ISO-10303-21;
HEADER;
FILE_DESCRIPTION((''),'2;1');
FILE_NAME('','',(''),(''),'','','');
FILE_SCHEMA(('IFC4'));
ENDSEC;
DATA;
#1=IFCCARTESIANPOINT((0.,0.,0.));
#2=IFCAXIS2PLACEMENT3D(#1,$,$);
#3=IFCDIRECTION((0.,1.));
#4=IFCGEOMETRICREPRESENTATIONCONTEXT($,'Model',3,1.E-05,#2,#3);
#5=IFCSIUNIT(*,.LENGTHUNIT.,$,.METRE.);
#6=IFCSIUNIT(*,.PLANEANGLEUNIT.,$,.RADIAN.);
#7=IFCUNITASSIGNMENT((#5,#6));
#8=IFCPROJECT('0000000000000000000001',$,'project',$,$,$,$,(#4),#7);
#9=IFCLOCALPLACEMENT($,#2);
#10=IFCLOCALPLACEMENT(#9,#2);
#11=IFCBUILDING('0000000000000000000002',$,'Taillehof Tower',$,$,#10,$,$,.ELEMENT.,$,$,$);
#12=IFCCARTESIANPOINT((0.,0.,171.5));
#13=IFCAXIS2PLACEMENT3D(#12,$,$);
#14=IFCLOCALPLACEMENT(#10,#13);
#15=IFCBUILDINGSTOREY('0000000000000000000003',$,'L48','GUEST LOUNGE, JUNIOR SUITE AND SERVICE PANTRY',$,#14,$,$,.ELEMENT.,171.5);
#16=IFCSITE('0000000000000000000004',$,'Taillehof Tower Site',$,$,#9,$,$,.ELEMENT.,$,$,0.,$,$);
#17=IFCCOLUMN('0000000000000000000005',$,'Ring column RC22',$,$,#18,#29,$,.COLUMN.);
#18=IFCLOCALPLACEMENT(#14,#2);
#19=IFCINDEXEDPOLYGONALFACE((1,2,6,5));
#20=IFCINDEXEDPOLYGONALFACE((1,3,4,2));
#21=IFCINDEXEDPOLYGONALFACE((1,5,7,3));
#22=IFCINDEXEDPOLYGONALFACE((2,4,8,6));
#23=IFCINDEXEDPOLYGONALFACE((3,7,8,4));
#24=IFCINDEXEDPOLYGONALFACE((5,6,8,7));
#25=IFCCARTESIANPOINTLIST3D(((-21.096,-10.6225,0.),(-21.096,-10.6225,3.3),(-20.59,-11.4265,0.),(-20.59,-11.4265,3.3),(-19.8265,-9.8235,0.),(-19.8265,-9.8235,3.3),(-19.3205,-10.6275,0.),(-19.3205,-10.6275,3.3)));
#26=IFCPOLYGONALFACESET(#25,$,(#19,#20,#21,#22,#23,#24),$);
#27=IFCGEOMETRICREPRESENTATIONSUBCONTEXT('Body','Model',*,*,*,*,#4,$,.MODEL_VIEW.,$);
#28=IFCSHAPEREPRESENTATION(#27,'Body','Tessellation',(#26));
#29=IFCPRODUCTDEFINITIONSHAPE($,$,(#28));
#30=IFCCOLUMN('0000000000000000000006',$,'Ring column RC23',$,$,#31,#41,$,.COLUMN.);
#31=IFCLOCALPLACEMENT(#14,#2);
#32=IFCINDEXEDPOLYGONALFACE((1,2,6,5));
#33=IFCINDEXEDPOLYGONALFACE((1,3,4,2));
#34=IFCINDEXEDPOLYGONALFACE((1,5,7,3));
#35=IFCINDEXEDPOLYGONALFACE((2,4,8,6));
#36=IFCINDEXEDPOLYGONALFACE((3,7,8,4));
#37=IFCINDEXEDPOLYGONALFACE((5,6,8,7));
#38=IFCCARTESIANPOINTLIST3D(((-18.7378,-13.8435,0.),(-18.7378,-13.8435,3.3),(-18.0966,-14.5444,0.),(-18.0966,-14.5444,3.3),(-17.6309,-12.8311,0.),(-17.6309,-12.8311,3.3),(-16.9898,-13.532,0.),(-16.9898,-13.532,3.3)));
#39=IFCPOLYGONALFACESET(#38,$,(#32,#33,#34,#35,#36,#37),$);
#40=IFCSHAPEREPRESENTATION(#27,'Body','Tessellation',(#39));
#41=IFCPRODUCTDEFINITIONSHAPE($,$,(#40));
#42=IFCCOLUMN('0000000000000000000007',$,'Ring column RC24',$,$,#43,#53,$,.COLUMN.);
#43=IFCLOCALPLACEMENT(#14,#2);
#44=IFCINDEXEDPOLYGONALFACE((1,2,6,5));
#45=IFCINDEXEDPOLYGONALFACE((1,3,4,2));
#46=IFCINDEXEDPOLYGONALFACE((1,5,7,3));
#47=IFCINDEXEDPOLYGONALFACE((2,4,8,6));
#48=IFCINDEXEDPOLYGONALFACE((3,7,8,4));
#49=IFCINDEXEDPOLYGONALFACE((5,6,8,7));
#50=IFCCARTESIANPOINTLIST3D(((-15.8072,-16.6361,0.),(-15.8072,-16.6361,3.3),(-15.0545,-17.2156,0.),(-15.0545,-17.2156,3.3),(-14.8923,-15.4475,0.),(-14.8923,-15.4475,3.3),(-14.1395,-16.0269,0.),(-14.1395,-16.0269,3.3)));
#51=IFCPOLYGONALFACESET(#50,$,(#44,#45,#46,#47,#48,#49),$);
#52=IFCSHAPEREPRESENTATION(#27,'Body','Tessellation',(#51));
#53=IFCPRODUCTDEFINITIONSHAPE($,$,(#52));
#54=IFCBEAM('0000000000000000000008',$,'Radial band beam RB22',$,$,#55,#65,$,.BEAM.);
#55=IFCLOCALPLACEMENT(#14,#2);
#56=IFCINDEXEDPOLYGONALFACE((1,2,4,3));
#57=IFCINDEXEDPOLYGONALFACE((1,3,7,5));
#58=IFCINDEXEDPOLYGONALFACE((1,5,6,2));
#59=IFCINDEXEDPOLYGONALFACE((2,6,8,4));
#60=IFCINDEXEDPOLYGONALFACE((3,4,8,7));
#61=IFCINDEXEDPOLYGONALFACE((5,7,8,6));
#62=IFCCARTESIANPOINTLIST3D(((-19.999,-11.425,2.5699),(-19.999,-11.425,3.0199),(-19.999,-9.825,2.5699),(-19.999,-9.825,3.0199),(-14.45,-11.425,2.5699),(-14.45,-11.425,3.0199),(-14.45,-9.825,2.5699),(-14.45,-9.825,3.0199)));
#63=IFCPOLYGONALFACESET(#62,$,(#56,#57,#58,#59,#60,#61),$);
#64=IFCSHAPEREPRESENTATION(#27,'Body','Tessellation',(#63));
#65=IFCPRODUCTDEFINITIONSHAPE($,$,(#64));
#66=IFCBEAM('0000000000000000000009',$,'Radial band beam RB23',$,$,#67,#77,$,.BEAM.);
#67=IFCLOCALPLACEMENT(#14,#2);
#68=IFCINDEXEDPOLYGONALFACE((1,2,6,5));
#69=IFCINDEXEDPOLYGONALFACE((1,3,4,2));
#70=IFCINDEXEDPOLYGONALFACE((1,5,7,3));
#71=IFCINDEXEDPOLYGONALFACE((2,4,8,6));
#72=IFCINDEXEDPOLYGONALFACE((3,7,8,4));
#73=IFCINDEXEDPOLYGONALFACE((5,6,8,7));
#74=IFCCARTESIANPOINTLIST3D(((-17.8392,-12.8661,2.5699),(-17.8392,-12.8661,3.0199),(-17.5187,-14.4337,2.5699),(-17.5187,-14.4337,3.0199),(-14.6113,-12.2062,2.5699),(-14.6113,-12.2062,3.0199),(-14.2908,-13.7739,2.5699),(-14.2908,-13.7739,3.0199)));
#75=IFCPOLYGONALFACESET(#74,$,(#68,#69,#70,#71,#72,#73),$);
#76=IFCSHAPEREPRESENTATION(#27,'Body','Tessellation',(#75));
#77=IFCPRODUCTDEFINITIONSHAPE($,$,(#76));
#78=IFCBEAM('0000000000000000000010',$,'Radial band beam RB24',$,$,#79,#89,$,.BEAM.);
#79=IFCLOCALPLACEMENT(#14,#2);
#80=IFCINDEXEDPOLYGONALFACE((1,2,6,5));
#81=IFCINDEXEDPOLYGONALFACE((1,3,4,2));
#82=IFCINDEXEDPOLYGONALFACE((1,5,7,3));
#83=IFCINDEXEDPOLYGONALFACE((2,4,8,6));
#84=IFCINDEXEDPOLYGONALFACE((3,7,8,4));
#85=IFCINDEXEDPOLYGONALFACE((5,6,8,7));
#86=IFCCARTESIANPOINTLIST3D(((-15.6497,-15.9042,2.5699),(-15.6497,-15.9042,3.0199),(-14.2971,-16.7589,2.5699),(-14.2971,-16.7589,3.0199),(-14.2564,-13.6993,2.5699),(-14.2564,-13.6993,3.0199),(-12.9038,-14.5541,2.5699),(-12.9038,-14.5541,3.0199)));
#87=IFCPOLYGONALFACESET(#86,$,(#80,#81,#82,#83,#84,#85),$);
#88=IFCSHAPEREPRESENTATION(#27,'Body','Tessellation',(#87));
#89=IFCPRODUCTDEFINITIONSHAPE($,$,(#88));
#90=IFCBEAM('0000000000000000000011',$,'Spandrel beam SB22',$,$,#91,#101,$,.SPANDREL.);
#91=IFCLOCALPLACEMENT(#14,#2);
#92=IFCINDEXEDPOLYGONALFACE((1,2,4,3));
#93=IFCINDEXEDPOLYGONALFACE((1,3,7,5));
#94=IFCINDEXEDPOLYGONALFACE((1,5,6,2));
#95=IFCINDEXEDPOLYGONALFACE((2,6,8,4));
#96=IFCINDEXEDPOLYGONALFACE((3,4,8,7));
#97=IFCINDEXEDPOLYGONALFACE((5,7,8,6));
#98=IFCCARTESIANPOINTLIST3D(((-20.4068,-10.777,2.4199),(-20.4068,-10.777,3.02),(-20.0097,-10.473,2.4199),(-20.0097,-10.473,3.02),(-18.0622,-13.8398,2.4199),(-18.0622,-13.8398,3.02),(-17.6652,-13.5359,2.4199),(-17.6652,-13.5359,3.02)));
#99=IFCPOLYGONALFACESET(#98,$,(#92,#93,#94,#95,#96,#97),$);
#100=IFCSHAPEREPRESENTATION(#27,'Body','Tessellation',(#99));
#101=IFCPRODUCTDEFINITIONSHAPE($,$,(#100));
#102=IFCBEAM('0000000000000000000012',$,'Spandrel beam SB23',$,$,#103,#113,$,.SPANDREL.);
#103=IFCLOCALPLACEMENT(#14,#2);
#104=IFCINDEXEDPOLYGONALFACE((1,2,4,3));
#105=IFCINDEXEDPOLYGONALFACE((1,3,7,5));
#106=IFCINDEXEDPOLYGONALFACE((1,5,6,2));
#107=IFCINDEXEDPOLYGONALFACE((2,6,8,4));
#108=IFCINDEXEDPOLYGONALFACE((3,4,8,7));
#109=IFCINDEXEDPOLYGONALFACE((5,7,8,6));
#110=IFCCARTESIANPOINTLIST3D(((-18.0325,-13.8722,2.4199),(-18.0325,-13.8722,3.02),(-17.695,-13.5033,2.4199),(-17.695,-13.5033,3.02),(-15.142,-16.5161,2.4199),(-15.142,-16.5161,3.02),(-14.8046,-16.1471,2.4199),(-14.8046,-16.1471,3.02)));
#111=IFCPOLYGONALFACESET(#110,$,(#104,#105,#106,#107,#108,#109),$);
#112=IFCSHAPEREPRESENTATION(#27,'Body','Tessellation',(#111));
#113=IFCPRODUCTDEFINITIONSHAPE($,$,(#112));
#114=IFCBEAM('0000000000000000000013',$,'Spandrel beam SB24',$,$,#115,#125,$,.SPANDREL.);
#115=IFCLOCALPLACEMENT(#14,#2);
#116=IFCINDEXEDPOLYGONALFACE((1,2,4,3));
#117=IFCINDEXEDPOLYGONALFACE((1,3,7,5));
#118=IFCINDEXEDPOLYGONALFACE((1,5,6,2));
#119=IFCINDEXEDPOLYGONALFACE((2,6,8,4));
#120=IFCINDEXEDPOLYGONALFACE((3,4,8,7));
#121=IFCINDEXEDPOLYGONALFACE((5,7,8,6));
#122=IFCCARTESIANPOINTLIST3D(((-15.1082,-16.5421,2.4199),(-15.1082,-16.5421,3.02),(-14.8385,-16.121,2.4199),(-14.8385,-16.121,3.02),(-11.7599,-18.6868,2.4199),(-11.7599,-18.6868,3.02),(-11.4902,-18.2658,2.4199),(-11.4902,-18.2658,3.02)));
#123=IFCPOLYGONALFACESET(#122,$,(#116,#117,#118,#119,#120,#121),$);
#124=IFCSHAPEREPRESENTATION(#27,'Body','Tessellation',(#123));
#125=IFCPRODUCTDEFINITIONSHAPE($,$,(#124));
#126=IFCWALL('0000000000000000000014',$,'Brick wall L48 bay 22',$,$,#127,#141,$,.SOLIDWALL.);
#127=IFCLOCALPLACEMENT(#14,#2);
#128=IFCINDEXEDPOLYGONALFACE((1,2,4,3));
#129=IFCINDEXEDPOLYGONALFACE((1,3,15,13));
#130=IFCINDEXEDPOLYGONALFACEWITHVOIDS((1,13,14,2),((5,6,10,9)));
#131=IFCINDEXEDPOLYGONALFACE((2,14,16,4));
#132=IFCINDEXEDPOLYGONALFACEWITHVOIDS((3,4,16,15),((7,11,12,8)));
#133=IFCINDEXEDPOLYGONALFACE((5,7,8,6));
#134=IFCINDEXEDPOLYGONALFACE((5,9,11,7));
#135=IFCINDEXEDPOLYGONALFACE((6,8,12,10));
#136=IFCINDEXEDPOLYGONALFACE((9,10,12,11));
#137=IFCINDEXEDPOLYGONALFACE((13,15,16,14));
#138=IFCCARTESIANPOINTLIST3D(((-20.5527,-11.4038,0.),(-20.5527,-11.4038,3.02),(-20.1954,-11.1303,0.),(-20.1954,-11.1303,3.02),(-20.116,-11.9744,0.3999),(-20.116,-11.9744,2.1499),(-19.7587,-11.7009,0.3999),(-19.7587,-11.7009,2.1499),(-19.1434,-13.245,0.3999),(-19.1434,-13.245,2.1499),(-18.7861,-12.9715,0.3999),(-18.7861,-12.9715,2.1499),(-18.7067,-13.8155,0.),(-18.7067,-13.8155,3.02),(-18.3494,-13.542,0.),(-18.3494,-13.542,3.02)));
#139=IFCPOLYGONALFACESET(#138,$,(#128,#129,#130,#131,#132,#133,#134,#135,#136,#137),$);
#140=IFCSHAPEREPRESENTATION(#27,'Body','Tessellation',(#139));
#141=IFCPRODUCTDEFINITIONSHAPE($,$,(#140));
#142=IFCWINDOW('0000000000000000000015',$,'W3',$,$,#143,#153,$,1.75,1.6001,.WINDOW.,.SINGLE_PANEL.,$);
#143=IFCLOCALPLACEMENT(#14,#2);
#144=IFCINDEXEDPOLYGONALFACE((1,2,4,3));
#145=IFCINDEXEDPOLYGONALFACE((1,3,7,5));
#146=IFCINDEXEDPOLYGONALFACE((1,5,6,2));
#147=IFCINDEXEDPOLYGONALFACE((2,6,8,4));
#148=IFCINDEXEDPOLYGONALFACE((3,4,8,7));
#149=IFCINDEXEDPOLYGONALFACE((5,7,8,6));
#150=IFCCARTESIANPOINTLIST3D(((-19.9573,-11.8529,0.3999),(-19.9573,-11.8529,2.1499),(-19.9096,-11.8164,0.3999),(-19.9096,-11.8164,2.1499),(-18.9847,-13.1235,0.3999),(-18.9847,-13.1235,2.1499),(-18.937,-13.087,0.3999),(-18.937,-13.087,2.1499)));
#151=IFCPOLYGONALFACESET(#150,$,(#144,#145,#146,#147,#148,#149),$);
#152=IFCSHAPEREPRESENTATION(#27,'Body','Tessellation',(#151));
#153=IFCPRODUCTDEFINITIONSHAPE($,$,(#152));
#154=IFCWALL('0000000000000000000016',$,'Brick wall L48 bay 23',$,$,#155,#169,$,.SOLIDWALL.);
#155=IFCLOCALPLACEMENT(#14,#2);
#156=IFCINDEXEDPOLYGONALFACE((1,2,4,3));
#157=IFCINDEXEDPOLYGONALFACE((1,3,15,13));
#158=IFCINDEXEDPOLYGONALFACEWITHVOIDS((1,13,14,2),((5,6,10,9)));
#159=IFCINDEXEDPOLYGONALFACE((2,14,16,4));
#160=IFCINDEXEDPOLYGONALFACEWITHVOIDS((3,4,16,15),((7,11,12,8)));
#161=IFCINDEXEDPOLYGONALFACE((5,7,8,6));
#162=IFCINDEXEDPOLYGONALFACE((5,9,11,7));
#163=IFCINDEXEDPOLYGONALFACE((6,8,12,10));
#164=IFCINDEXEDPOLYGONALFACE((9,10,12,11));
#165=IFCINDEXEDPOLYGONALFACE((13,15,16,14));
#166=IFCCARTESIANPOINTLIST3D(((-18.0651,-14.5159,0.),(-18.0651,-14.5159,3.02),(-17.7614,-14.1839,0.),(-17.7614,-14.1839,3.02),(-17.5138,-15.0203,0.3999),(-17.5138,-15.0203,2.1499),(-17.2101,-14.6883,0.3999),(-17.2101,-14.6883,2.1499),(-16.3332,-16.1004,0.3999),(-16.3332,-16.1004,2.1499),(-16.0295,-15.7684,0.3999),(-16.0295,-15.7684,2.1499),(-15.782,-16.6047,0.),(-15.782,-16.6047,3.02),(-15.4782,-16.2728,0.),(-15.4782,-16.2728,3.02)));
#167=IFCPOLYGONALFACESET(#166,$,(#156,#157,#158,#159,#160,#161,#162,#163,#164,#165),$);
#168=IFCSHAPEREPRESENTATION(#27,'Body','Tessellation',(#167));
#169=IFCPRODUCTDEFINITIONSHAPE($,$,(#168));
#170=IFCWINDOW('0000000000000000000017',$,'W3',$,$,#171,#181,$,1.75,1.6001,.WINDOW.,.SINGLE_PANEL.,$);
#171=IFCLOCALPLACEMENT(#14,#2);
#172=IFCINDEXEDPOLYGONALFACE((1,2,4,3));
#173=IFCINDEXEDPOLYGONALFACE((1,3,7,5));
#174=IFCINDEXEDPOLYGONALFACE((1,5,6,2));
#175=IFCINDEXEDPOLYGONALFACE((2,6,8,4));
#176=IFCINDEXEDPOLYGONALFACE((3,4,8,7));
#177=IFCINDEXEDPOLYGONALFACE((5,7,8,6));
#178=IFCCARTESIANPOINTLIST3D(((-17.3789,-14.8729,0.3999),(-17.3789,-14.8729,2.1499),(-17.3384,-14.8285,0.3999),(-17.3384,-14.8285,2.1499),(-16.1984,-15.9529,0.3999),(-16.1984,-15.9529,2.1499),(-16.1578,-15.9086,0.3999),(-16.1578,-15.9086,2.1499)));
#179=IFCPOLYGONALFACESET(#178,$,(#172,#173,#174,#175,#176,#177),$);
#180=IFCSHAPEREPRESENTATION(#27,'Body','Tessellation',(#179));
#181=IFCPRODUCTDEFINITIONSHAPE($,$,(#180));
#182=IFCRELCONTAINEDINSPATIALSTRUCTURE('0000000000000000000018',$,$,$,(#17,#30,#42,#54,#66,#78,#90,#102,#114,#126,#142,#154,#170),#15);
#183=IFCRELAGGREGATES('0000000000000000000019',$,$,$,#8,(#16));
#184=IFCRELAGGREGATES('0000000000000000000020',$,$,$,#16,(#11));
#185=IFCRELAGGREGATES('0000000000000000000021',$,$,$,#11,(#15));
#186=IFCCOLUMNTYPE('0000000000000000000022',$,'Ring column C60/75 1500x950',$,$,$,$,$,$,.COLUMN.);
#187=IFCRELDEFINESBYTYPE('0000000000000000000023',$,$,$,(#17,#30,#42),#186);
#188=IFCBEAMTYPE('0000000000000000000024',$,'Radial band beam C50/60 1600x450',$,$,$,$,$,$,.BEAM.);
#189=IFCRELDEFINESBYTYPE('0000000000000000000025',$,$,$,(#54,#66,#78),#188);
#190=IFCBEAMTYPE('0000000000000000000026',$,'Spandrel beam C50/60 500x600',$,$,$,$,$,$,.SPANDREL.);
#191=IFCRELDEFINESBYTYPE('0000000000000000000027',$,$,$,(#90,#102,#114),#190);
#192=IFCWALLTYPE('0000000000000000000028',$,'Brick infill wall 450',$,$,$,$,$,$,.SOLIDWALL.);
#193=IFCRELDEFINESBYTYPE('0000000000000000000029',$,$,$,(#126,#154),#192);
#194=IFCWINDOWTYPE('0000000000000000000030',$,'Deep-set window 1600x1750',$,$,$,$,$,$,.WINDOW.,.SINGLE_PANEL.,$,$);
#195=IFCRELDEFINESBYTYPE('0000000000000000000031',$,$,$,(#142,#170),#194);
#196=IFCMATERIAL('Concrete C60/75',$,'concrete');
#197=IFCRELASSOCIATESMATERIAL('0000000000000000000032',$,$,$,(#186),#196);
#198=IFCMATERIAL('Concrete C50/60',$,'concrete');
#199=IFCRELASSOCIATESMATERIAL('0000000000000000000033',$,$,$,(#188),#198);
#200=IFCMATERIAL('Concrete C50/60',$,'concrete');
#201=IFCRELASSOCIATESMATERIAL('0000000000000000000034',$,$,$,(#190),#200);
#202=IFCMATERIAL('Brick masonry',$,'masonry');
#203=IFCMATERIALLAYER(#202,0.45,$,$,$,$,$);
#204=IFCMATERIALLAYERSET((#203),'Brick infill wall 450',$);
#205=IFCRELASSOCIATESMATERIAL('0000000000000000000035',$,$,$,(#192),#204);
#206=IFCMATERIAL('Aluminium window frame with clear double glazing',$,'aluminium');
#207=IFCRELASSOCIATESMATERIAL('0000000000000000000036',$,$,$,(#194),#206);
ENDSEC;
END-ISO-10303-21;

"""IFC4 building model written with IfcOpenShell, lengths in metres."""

from ifc_helpers import new_model, si_unit, direction, frame, frame_2d, origin, origin_2d, place, context, subcontext, project, spatial, rectangle, extrude, material, layer, layer_set, material_profile, profile_set, type_object, element, fill, save


model = new_model("IFC4")

# Units and contexts
model_context = context("Model", 3, precision=1e-05, world=origin(), true_north=direction((0.0, 1.0)))
body_context = subcontext(model_context, "Body", "Model", "MODEL_VIEW")
ifc_project = project(units=[si_unit("LENGTHUNIT", "METRE"), si_unit("PLANEANGLEUNIT", "RADIAN")], contexts=[model_context])

# Site, building, storey
site_placement = place(None, origin())
site = spatial("IfcSite", under=ifc_project, at=site_placement, Name="Taillehof Tower Site", CompositionType="ELEMENT", RefElevation=0.0)
building_placement = place(site_placement, origin())
building = spatial("IfcBuilding", under=site, at=building_placement, Name="Taillehof Tower", CompositionType="ELEMENT")
storey_placement = place(building_placement, frame((0.0, 0.0, 171.5)))
storey = spatial("IfcBuildingStorey", under=building, at=storey_placement, Name="L48", Description="GUEST LOUNGE, JUNIOR SUITE AND SERVICE PANTRY", CompositionType="ELEMENT", Elevation=171.5)

# Columns
ifc_material_1 = material(Name="Concrete C60/75", Category="concrete")
ifc_material_profile_1 = material_profile(ifc_material_1, rectangle(XDim=1.5, YDim=0.95, at=origin_2d()), Name="RC 1500x950")
ifc_profile_set_1 = profile_set([ifc_material_profile_1], Name="Concrete C60/75")
column_type = type_object("IfcColumnType", Name="Ring column C60/75 1500x950", PredefinedType="COLUMN", material=ifc_profile_set_1)
for number, where, z_axis, x_axis, name in (
    (1, (-20.2083, -10.625, 0.0), (0.0, 0.0, 1.0), (-0.846334, -0.532652, 0.0), "Ring column RC22"),
    (2, (-17.8638, -13.6877, 0.0), (0.0, 0.0, 1.0), (-0.737879, -0.674933, 0.0), "Ring column RC23"),
    (3, (-14.9734, -16.3315, 0.0), (0.0, 0.0, 1.0), (-0.609971, -0.792424, 0.0), "Ring column RC24"),
):
    element("IfcColumn", number, at=place(storey_placement, frame(where, z_axis=z_axis, x_axis=x_axis)), inside=storey, type_object=column_type, Name=name, PredefinedType="COLUMN", context=body_context, shape_type="SweptSolid", body=[
        extrude(rectangle(XDim=1.5, YDim=0.95, at=origin_2d()), origin(), (0.0, 0.0, 1.0), 3.3),
    ])

# Beams
ifc_material_2 = material(Name="Concrete C50/60", Category="concrete")
ifc_material_profile_2 = material_profile(ifc_material_2, rectangle(XDim=1.6001, YDim=0.45, at=origin_2d()), Name="RC 1600x450")
ifc_profile_set_2 = profile_set([ifc_material_profile_2], Name="Concrete C50/60")
beam_type_1 = type_object("IfcBeamType", Name="Radial band beam C50/60 1600x450", PredefinedType="BEAM", material=ifc_profile_set_2)
beam_1_placement = place(storey_placement, frame((-19.999, -10.625, 2.7949), z_axis=(1.0, 0.0, 0.0), x_axis=(0.0, 1.0, 0.0)))
element("IfcBeam", 4, at=beam_1_placement, inside=storey, type_object=beam_type_1, Name="Radial band beam RB22", PredefinedType="BEAM", context=body_context, shape_type="SweptSolid", body=[
    extrude(rectangle(XDim=1.6001, YDim=0.45, at=origin_2d()), origin(), (0.0, 0.0, 1.0), 5.5491),
])
beam_2_placement = place(storey_placement, frame((-17.679, -13.6499, 2.7949), z_axis=(0.979737, 0.20029, 0.0), x_axis=(-0.20029, 0.979737, 0.0)))
element("IfcBeam", 5, at=beam_2_placement, inside=storey, type_object=beam_type_1, Name="Radial band beam RB23", PredefinedType="BEAM", context=body_context, shape_type="SweptSolid", body=[
    extrude(rectangle(XDim=1.6001, YDim=0.45, at=origin_2d()), origin(), (0.0, 0.0, 1.0), 3.2947),
])
beam_3_placement = place(storey_placement, frame((-14.9734, -16.3315, 2.7949), z_axis=(0.534208, 0.845353, 0.0), x_axis=(-0.845353, 0.534208, 0.0)))
element("IfcBeam", 6, at=beam_3_placement, inside=storey, type_object=beam_type_1, Name="Radial band beam RB24", PredefinedType="BEAM", context=body_context, shape_type="SweptSolid", body=[
    extrude(rectangle(XDim=1.6001, YDim=0.45, at=origin_2d()), origin(), (0.0, 0.0, 1.0), 2.6082),
])
ifc_material_3 = material(Name="Concrete C50/60", Category="concrete")
ifc_material_profile_3 = material_profile(ifc_material_3, rectangle(XDim=0.5, YDim=0.6001, at=origin_2d()), Name="RC 500x600")
ifc_profile_set_3 = profile_set([ifc_material_profile_3], Name="Concrete C50/60")
beam_type_2 = type_object("IfcBeamType", Name="Spandrel beam C50/60 500x600", PredefinedType="SPANDREL", material=ifc_profile_set_3)
beam_4_placement = place(storey_placement, frame((-20.2083, -10.625, 2.72), z_axis=(0.60784, -0.794059, 0.0), x_axis=(0.794059, 0.60784, 0.0)))
element("IfcBeam", 7, at=beam_4_placement, inside=storey, type_object=beam_type_2, Name="Spandrel beam SB22", PredefinedType="SPANDREL", context=body_context, shape_type="SweptSolid", body=[
    extrude(rectangle(XDim=0.5, YDim=0.6001, at=origin_2d()), origin(), (0.0, 0.0, 1.0), 3.8572),
])
beam_5_placement = place(storey_placement, frame((-17.8638, -13.6877, 2.72), z_axis=(0.737881, -0.674931, 0.0), x_axis=(0.674931, 0.737881, 0.0)))
element("IfcBeam", 8, at=beam_5_placement, inside=storey, type_object=beam_type_2, Name="Spandrel beam SB23", PredefinedType="SPANDREL", context=body_context, shape_type="SweptSolid", body=[
    extrude(rectangle(XDim=0.5, YDim=0.6001, at=origin_2d()), origin(), (0.0, 0.0, 1.0), 3.9172),
])
beam_6_placement = place(storey_placement, frame((-14.9734, -16.3315, 2.72), z_axis=(0.842065, -0.539376, 0.0), x_axis=(0.539376, 0.842065, 0.0)))
element("IfcBeam", 9, at=beam_6_placement, inside=storey, type_object=beam_type_2, Name="Spandrel beam SB24", PredefinedType="SPANDREL", context=body_context, shape_type="SweptSolid", body=[
    extrude(rectangle(XDim=0.5, YDim=0.6001, at=origin_2d()), origin(), (0.0, 0.0, 1.0), 3.9763),
])

# Walls, openings, windows
ifc_material_4 = material(Name="Brick masonry", Category="masonry")
ifc_layer_1 = layer(ifc_material_4, 0.45)
ifc_layer_set_1 = layer_set([ifc_layer_1], Name="Brick infill wall 450")
wall_type_1 = type_object("IfcWallType", Name="Brick infill wall 450", PredefinedType="SOLIDWALL", material=ifc_layer_set_1)
wall_1_placement = place(storey_placement, frame((-20.374, -11.2671, 0.0), z_axis=(0.0, 0.0, 1.0), x_axis=(0.607817, -0.794077, 0.0)))
wall_1 = element("IfcWall", 10, at=wall_1_placement, inside=storey, type_object=wall_type_1, Name="Brick wall L48 bay 22", PredefinedType="SOLIDWALL", context=body_context, shape_type="SweptSolid", body=[
    extrude(rectangle(XDim=3.0371, YDim=0.45, at=frame_2d((1.5186, 0.0))), origin(), (0.0, 0.0, 1.0), 3.02),
])
opening_1_placement = place(wall_1_placement, frame((0.7185, 0.0, 0.3999)))
opening_1 = element("IfcOpeningElement", 11, at=opening_1_placement, cuts=wall_1, PredefinedType="OPENING", context=body_context, shape_type="SweptSolid", body=[
    extrude(rectangle(XDim=1.6001, YDim=1.75, at=frame_2d((0.8, 0.875))), frame((0.0, 0.2349, 0.0), z_axis=(0.0, -1.0, 0.0), x_axis=(1.0, 0.0, 0.0)), (0.0, 0.0, 1.0), 0.47),
])
ifc_material_5 = material(Name="Aluminium window frame with clear double glazing", Category="aluminium")
window_type_1 = type_object("IfcWindowType", Name="Deep-set window 1600x1750", PartitioningType="SINGLE_PANEL", PredefinedType="WINDOW", material=ifc_material_5)
window_1_placement = place(opening_1_placement, origin())
window_1 = element("IfcWindow", 12, at=window_1_placement, inside=storey, type_object=window_type_1, Name="W3", OverallHeight=1.75, OverallWidth=1.6001, PartitioningType="SINGLE_PANEL", PredefinedType="WINDOW", context=body_context, shape_type="SweptSolid", body=[
    extrude(rectangle(XDim=1.6001, YDim=1.75, at=frame_2d((0.8, 0.875))), frame((0.0, 0.0349, 0.0), z_axis=(0.0, -1.0, 0.0), x_axis=(1.0, 0.0, 0.0)), (0.0, 0.0, 1.0), 0.0601),
])
fill(opening_1, window_1)
wall_2_placement = place(storey_placement, frame((-17.9133, -14.3499, 0.0), z_axis=(0.0, 0.0, 1.0), x_axis=(0.737809, -0.67501, 0.0)))
wall_2 = element("IfcWall", 13, at=wall_2_placement, inside=storey, type_object=wall_type_1, Name="Brick wall L48 bay 23", PredefinedType="SOLIDWALL", context=body_context, shape_type="SweptSolid", body=[
    extrude(rectangle(XDim=3.0945, YDim=0.45, at=frame_2d((1.5474, 0.0))), origin(), (0.0, 0.0, 1.0), 3.02),
])
opening_2_placement = place(wall_2_placement, frame((0.7473, 0.0, 0.3999)))
opening_2 = element("IfcOpeningElement", 14, at=opening_2_placement, cuts=wall_2, PredefinedType="OPENING", context=body_context, shape_type="SweptSolid", body=[
    extrude(rectangle(XDim=1.6001, YDim=1.75, at=frame_2d((0.8, 0.875))), frame((0.0, 0.2349, 0.0), z_axis=(0.0, -1.0, 0.0), x_axis=(1.0, 0.0, 0.0)), (0.0, 0.0, 1.0), 0.47),
])
window_2_placement = place(opening_2_placement, origin())
window_2 = element("IfcWindow", 15, at=window_2_placement, inside=storey, type_object=window_type_1, Name="W3", OverallHeight=1.75, OverallWidth=1.6001, PartitioningType="SINGLE_PANEL", PredefinedType="WINDOW", context=body_context, shape_type="SweptSolid", body=[
    extrude(rectangle(XDim=1.6001, YDim=1.75, at=frame_2d((0.8, 0.875))), frame((0.0, 0.0349, 0.0), z_axis=(0.0, -1.0, 0.0), x_axis=(1.0, 0.0, 0.0)), (0.0, 0.0, 1.0), 0.0601),
])
fill(opening_2, window_2)

save(model, "model.ifc")
